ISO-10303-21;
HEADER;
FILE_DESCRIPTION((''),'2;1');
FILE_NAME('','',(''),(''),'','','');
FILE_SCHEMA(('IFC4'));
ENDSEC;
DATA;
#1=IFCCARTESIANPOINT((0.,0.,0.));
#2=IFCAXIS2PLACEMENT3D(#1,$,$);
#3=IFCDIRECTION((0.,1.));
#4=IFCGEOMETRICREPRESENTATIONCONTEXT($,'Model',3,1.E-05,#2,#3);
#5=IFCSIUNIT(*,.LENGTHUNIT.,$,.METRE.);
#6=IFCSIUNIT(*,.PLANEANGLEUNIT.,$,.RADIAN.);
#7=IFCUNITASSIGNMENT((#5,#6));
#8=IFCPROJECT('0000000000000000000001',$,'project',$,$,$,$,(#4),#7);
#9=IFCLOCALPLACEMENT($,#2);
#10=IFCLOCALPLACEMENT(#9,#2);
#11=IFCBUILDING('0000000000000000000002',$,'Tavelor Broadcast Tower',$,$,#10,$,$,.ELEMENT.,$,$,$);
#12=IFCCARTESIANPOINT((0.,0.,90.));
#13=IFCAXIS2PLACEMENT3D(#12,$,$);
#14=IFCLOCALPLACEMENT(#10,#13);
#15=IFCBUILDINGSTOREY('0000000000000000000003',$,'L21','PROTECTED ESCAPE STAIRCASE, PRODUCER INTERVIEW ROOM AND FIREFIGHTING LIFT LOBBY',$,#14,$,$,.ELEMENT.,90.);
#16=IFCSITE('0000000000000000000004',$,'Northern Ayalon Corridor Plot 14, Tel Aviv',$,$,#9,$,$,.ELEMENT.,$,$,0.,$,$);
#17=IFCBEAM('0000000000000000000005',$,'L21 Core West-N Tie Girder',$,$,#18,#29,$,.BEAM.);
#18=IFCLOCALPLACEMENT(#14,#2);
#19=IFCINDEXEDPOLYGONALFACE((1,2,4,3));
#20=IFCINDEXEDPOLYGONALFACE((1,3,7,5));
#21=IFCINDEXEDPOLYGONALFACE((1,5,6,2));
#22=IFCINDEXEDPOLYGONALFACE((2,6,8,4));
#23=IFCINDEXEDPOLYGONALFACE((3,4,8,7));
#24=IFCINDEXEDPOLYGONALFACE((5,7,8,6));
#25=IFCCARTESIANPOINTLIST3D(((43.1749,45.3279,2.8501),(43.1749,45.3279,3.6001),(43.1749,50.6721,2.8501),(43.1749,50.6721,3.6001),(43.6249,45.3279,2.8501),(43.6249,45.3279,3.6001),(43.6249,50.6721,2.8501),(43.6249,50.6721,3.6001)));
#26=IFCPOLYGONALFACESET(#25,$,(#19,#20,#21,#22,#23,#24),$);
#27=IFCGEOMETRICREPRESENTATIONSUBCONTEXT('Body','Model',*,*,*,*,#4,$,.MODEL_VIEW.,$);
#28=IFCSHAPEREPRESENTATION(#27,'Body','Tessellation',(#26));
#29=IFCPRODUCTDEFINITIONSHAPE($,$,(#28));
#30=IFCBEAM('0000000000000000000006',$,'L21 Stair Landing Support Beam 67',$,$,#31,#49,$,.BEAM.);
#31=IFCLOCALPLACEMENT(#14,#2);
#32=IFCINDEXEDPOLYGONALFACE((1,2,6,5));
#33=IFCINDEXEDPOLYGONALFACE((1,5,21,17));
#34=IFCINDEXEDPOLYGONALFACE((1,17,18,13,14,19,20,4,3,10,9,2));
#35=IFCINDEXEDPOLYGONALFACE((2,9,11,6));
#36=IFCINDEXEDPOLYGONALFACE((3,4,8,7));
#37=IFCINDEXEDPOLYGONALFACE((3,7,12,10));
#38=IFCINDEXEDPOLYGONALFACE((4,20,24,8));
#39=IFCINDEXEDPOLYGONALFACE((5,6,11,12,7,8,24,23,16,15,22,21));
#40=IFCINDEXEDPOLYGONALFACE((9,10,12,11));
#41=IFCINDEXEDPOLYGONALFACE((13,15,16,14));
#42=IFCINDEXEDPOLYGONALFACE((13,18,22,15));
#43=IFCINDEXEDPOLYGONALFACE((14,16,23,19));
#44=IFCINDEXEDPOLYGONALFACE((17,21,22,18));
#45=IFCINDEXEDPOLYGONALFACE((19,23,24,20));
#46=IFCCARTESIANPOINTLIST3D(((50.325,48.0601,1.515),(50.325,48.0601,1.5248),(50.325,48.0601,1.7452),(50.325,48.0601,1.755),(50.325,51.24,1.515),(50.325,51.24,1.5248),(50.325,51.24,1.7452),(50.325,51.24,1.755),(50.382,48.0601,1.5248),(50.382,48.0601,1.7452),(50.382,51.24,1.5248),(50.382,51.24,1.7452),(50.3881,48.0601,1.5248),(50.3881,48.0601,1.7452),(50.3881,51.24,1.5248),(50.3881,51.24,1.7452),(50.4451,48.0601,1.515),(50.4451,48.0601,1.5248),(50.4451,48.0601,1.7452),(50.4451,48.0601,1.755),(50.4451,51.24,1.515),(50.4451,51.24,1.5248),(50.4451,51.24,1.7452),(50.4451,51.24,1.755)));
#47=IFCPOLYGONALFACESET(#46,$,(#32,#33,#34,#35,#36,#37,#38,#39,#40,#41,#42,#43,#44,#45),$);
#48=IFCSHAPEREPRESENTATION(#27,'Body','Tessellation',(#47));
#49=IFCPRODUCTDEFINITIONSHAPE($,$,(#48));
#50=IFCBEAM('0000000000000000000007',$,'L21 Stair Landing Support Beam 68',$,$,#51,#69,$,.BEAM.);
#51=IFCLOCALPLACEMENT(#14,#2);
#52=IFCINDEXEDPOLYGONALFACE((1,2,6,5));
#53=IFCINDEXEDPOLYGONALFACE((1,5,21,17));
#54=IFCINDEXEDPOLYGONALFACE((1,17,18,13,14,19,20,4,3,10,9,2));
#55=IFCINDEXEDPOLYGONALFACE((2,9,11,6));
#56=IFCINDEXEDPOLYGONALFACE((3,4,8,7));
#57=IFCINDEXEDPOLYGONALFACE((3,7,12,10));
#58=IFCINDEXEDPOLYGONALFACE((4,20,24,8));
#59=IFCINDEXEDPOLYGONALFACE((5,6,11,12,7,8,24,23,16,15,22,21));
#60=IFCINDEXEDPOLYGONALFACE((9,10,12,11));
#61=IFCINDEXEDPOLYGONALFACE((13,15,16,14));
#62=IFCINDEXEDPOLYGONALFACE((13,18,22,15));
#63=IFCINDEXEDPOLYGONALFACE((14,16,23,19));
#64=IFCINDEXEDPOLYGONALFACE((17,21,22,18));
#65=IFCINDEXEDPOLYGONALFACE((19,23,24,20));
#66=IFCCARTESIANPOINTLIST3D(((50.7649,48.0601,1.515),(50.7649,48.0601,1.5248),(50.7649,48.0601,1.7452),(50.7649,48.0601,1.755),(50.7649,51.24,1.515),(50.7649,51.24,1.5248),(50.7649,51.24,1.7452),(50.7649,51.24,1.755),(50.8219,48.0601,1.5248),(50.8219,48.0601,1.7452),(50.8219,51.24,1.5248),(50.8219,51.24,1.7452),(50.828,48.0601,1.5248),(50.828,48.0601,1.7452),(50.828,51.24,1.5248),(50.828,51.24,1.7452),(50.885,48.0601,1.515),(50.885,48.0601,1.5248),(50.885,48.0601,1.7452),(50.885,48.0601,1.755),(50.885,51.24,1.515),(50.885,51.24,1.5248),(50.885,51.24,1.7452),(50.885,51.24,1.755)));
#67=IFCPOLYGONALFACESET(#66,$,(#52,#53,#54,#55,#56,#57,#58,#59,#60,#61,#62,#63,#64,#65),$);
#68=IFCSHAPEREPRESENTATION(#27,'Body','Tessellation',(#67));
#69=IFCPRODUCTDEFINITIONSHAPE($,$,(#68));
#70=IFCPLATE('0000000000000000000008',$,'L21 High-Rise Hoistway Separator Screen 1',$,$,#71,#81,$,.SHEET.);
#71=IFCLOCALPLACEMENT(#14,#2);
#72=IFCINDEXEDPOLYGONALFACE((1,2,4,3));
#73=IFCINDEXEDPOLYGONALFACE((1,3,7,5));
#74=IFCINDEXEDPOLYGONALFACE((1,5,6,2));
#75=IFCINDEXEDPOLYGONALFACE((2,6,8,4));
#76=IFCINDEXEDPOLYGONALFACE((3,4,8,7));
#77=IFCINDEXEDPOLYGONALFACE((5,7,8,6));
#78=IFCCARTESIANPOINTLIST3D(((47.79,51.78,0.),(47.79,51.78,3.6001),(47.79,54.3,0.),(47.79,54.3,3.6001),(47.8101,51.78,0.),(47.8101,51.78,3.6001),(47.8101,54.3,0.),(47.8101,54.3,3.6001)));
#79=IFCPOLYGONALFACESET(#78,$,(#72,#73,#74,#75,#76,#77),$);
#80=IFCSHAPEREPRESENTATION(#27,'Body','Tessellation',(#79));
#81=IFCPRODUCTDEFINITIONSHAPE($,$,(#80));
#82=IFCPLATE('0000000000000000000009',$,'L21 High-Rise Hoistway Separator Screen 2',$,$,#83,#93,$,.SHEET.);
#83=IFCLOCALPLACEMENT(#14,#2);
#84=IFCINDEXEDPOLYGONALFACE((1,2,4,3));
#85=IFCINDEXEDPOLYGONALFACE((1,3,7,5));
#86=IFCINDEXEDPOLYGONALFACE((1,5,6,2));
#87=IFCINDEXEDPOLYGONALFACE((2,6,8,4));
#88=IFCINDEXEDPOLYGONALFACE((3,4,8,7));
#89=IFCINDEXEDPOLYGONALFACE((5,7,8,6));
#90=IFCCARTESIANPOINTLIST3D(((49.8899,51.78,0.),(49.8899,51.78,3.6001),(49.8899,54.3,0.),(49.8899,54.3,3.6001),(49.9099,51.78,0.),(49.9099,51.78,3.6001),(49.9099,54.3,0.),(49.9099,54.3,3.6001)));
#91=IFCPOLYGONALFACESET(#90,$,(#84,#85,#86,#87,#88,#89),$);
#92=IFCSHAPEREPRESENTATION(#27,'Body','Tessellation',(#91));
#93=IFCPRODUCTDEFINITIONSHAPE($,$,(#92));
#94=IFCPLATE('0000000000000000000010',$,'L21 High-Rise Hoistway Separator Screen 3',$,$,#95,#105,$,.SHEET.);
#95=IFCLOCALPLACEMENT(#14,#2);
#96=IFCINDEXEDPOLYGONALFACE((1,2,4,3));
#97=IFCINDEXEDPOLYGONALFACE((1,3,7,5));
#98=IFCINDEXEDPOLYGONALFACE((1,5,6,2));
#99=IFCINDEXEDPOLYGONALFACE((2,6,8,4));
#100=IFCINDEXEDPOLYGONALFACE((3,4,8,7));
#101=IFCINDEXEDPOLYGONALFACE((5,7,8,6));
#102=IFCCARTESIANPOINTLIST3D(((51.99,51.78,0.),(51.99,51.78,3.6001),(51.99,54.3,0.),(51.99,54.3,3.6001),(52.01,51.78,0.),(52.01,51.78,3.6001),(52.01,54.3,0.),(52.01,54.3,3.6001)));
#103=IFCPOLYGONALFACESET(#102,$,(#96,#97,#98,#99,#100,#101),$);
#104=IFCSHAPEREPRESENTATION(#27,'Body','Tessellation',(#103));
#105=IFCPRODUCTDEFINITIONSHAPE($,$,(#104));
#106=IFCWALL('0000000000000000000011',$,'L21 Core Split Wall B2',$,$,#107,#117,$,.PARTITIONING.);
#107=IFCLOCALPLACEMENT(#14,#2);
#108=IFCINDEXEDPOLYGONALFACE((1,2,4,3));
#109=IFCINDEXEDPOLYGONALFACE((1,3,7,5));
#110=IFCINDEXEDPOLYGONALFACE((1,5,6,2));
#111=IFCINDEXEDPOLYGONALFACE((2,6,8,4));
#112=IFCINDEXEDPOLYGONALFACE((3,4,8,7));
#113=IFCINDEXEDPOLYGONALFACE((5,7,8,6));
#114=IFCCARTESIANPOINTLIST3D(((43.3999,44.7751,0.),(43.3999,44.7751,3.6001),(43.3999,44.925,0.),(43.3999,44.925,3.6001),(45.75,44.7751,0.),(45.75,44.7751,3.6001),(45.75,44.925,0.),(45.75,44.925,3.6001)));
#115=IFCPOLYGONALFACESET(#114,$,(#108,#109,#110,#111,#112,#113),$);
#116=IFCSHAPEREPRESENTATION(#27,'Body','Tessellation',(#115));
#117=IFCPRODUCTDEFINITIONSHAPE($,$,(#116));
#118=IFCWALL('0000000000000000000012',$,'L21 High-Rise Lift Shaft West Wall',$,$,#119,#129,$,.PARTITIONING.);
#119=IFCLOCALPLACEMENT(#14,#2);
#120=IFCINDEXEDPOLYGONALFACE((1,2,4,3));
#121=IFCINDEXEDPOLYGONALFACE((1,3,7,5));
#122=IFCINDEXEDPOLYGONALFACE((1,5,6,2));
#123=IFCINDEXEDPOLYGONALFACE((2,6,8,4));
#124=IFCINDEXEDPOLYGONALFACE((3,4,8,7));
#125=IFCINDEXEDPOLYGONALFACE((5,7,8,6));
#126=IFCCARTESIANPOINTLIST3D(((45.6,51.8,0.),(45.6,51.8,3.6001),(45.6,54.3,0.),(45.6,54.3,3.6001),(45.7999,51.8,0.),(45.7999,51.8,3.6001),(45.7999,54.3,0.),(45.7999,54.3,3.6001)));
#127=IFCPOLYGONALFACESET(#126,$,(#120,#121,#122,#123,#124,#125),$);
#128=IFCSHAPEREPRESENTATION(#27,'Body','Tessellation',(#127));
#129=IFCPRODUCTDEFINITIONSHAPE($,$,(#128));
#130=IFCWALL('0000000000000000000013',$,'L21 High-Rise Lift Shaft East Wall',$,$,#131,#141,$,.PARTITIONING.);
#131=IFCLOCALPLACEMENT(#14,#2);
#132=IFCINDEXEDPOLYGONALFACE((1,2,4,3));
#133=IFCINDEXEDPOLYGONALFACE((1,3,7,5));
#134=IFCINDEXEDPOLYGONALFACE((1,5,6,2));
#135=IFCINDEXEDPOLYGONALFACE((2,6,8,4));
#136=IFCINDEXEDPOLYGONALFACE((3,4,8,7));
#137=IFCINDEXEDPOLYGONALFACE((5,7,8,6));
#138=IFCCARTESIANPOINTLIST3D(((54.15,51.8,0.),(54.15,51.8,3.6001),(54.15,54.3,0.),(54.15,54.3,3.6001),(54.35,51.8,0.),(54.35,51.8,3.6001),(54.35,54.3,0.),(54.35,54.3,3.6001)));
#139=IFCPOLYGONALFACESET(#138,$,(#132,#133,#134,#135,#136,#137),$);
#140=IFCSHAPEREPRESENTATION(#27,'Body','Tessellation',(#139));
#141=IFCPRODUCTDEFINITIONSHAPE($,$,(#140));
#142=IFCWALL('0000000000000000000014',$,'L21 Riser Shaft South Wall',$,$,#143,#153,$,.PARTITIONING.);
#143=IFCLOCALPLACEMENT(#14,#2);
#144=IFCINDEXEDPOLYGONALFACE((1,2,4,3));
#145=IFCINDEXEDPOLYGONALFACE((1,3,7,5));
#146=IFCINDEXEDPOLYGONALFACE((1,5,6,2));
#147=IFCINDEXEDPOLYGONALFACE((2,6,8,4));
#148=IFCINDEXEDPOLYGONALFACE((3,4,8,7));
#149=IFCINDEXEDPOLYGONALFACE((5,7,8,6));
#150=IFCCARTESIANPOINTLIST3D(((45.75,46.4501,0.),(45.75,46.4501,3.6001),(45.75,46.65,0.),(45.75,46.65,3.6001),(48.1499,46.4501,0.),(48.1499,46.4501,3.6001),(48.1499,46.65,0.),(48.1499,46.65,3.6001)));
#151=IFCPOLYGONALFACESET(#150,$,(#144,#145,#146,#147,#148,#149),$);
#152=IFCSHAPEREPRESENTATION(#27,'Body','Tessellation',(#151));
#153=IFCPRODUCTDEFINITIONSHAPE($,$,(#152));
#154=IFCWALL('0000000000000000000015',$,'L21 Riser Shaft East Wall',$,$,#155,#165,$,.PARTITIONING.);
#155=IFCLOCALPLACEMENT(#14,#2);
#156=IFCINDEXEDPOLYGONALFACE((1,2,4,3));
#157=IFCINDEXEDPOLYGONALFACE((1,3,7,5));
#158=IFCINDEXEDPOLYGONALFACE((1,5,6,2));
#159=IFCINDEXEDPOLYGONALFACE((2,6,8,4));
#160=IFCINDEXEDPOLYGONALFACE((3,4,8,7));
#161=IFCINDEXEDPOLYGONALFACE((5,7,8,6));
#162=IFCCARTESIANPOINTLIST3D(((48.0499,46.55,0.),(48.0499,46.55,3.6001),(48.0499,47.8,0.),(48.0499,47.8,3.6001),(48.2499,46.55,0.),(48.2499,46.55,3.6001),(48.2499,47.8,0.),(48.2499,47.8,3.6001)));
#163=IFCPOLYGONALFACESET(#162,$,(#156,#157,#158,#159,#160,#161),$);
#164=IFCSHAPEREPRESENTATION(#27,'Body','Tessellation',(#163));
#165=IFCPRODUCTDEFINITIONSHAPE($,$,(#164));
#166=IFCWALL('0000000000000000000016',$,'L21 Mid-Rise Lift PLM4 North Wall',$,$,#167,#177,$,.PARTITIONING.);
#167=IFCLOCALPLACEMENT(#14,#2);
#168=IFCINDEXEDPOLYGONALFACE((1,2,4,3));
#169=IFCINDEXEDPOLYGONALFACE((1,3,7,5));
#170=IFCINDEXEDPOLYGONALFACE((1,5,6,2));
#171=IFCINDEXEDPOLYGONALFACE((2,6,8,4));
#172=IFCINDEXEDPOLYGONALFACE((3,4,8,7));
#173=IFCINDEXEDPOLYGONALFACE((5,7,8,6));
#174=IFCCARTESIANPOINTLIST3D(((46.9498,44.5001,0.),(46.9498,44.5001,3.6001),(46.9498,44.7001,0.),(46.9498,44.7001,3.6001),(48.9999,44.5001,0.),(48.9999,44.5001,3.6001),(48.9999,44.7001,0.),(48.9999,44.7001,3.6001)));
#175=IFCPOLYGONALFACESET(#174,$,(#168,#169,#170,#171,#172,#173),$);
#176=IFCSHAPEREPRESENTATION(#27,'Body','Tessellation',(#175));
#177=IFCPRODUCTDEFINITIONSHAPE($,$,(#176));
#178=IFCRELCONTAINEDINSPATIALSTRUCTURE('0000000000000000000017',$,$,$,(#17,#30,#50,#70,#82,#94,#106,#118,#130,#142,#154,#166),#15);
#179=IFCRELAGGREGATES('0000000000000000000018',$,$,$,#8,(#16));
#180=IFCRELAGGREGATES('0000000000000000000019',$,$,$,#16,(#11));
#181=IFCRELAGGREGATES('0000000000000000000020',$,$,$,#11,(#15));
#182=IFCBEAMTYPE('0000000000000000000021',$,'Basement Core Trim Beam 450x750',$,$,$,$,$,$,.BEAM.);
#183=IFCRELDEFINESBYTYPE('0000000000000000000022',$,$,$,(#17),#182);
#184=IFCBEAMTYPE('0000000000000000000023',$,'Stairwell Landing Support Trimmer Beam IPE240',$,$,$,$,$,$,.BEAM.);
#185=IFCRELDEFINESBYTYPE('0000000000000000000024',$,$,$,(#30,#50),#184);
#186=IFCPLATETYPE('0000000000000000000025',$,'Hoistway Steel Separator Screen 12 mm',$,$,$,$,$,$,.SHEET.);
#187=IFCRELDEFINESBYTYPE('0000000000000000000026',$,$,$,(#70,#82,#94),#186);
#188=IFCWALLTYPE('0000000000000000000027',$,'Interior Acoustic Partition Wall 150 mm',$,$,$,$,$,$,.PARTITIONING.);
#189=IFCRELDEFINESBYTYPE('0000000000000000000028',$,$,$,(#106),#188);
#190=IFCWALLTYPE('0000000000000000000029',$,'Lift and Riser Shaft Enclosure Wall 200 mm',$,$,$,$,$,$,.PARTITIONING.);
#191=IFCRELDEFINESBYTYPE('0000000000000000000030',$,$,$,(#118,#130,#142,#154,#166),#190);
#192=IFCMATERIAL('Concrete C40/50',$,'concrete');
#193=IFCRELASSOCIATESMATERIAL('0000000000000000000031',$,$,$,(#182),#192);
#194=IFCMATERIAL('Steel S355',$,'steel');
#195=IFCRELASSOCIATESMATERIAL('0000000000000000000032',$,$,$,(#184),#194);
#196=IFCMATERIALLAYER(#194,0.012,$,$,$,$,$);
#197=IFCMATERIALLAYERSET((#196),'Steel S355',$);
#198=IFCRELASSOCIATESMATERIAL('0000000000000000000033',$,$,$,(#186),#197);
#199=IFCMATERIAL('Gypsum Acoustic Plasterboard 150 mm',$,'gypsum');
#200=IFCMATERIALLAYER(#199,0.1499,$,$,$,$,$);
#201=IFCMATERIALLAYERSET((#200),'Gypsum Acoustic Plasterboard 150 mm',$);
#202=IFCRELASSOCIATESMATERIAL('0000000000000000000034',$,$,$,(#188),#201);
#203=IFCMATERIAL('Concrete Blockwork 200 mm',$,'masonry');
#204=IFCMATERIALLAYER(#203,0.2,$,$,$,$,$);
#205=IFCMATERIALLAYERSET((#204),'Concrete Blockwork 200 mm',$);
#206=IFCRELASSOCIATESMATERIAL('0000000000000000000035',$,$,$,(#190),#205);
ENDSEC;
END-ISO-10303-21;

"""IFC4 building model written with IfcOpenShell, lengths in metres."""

from ifc_helpers import new_model, si_unit, direction, frame, frame_2d, origin, origin_2d, place, context, subcontext, project, spatial, rectangle, i_section, extrude, source, transform, mapped, material, layer, layer_set, material_profile, profile_set, type_object, type_shapes, element, save


model = new_model("IFC4")

# Units and contexts
model_context = context("Model", 3, precision=1e-05, world=origin(), true_north=direction((0.0, 1.0)))
body_context = subcontext(model_context, "Body", "Model", "MODEL_VIEW")
ifc_project = project(units=[si_unit("LENGTHUNIT", "METRE"), si_unit("PLANEANGLEUNIT", "RADIAN")], contexts=[model_context])

# Site, building, storey
site_placement = place(None, origin())
site = spatial("IfcSite", under=ifc_project, at=site_placement, Name="Northern Ayalon Corridor Plot 14, Tel Aviv", CompositionType="ELEMENT", RefElevation=0.0)
building_placement = place(site_placement, origin())
building = spatial("IfcBuilding", under=site, at=building_placement, Name="Tavelor Broadcast Tower", CompositionType="ELEMENT")
storey_placement = place(building_placement, frame((0.0, 0.0, 90.0)))
storey = spatial("IfcBuildingStorey", under=building, at=storey_placement, Name="L21", Description="PROTECTED ESCAPE STAIRCASE, PRODUCER INTERVIEW ROOM AND FIREFIGHTING LIFT LOBBY", CompositionType="ELEMENT", Elevation=90.0)

# Beams
ifc_material_1 = material(Name="Concrete C40/50", Category="concrete")
ifc_material_profile_1 = material_profile(ifc_material_1, rectangle(XDim=0.45, YDim=0.75, at=origin_2d()), Name="RC 450x750")
ifc_profile_set_1 = profile_set([ifc_material_profile_1], Name="Concrete C40/50")
beam_type_1 = type_object("IfcBeamType", Name="Basement Core Trim Beam 450x750", PredefinedType="BEAM", material=ifc_profile_set_1)
beam_placement = place(storey_placement, frame((43.3999, 45.3279, 3.2251), z_axis=(0.0, 1.0, 0.0), x_axis=(-1.0, 0.0, 0.0)))
element("IfcBeam", 1, at=beam_placement, inside=storey, type_object=beam_type_1, Name="L21 Core West-N Tie Girder", PredefinedType="BEAM", context=body_context, shape_type="SweptSolid", body=[
    extrude(rectangle(XDim=0.45, YDim=0.75, at=origin_2d()), origin(), (0.0, 0.0, 1.0), 5.3442),
])
ifc_material_2 = material(Name="Steel S355", Category="steel")
ifc_material_profile_2 = material_profile(ifc_material_2, i_section(OverallWidth=0.1201, OverallDepth=0.24, WebThickness=0.0061, FlangeThickness=0.0098, at=origin_2d()), Name="IPE 240")
ifc_profile_set_2 = profile_set([ifc_material_profile_2], Name="Steel S355")
beam_type_2 = type_object("IfcBeamType", Name="Stairwell Landing Support Trimmer Beam IPE240", PredefinedType="BEAM", material=ifc_profile_set_2)
for number, where, z_axis, x_axis, name in (
    (2, (50.385, 48.0601, 1.635), (0.0, 1.0, 0.0), (-1.0, 0.0, 0.0), "L21 Stair Landing Support Beam 67"),
    (3, (50.825, 48.0601, 1.635), (0.0, 1.0, 0.0), (-1.0, 0.0, 0.0), "L21 Stair Landing Support Beam 68"),
):
    element("IfcBeam", number, at=place(storey_placement, frame(where, z_axis=z_axis, x_axis=x_axis)), inside=storey, type_object=beam_type_2, Name=name, PredefinedType="BEAM", context=body_context, shape_type="SweptSolid", body=[
        extrude(i_section(OverallWidth=0.1201, OverallDepth=0.24, WebThickness=0.0061, FlangeThickness=0.0098, at=origin_2d()), origin(), (0.0, 0.0, 1.0), 3.1799),
    ])

# Plates
ifc_layer_1 = layer(ifc_material_2, 0.012)
ifc_layer_set_1 = layer_set([ifc_layer_1], Name="Steel S355")
plate_type = type_object("IfcPlateType", Name="Hoistway Steel Separator Screen 12 mm", PredefinedType="SHEET", material=ifc_layer_set_1)
shared_shape = source(origin(), body_context, "Body", "SweptSolid", [
    extrude(rectangle(XDim=0.02, YDim=2.52, at=origin_2d()), origin(), (0.0, 0.0, 1.0), 3.6001),
])
type_shapes(plate_type, [shared_shape])
for number, where, z_axis, x_axis, name in (
    (4, (47.8, 53.04, 0.0), (0.0, 0.0, 1.0), (1.0, 0.0, 0.0), "L21 High-Rise Hoistway Separator Screen 1"),
    (5, (49.8999, 53.04, 0.0), (0.0, 0.0, 1.0), (1.0, 0.0, 0.0), "L21 High-Rise Hoistway Separator Screen 2"),
    (6, (52.0, 53.04, 0.0), (0.0, 0.0, 1.0), (1.0, 0.0, 0.0), "L21 High-Rise Hoistway Separator Screen 3"),
):
    element("IfcPlate", number, at=place(storey_placement, frame(where, z_axis=z_axis, x_axis=x_axis)), inside=storey, type_object=plate_type, Name=name, PredefinedType="SHEET", context=body_context, shape_type="MappedRepresentation", body=[
        mapped(shared_shape, transform((0.0, 0.0, 0.0), scale=1.0)),
    ])

# Walls
ifc_material_3 = material(Name="Gypsum Acoustic Plasterboard 150 mm", Category="gypsum")
ifc_layer_2 = layer(ifc_material_3, 0.1499)
ifc_layer_set_2 = layer_set([ifc_layer_2], Name="Gypsum Acoustic Plasterboard 150 mm")
wall_type_1 = type_object("IfcWallType", Name="Interior Acoustic Partition Wall 150 mm", PredefinedType="PARTITIONING", material=ifc_layer_set_2)
wall_1_placement = place(storey_placement, frame((43.3999, 44.8501, 0.0), z_axis=(0.0, 0.0, 1.0), x_axis=(1.0, 0.0, 0.0)))
element("IfcWall", 7, at=wall_1_placement, inside=storey, type_object=wall_type_1, Name="L21 Core Split Wall B2", PredefinedType="PARTITIONING", context=body_context, shape_type="SweptSolid", body=[
    extrude(rectangle(XDim=2.3501, YDim=0.1499, at=frame_2d((1.175, 0.0))), origin(), (0.0, 0.0, 1.0), 3.6001),
])
ifc_material_4 = material(Name="Concrete Blockwork 200 mm", Category="masonry")
ifc_layer_3 = layer(ifc_material_4, 0.2)
ifc_layer_set_3 = layer_set([ifc_layer_3], Name="Concrete Blockwork 200 mm")
wall_type_2 = type_object("IfcWallType", Name="Lift and Riser Shaft Enclosure Wall 200 mm", PredefinedType="PARTITIONING", material=ifc_layer_set_3)
for number, where, z_axis, x_axis, name in (
    (8, (45.7, 51.8, 0.0), (0.0, 0.0, 1.0), (0.0, 1.0, 0.0), "L21 High-Rise Lift Shaft West Wall"),
    (9, (54.25, 51.8, 0.0), (0.0, 0.0, 1.0), (0.0, 1.0, 0.0), "L21 High-Rise Lift Shaft East Wall"),
):
    element("IfcWall", number, at=place(storey_placement, frame(where, z_axis=z_axis, x_axis=x_axis)), inside=storey, type_object=wall_type_2, Name=name, PredefinedType="PARTITIONING", context=body_context, shape_type="SweptSolid", body=[
        extrude(rectangle(XDim=2.5, YDim=0.2, at=frame_2d((1.25, 0.0))), origin(), (0.0, 0.0, 1.0), 3.6001),
    ])
wall_2_placement = place(storey_placement, frame((45.75, 46.55, 0.0), z_axis=(0.0, 0.0, 1.0), x_axis=(1.0, 0.0, 0.0)))
element("IfcWall", 10, at=wall_2_placement, inside=storey, type_object=wall_type_2, Name="L21 Riser Shaft South Wall", PredefinedType="PARTITIONING", context=body_context, shape_type="SweptSolid", body=[
    extrude(rectangle(XDim=2.3999, YDim=0.2, at=frame_2d((1.2, 0.0))), origin(), (0.0, 0.0, 1.0), 3.6001),
])
wall_3_placement = place(storey_placement, frame((48.1499, 46.55, 0.0), z_axis=(0.0, 0.0, 1.0), x_axis=(0.0, 1.0, 0.0)))
element("IfcWall", 11, at=wall_3_placement, inside=storey, type_object=wall_type_2, Name="L21 Riser Shaft East Wall", PredefinedType="PARTITIONING", context=body_context, shape_type="SweptSolid", body=[
    extrude(rectangle(XDim=1.25, YDim=0.2, at=frame_2d((0.625, 0.0))), origin(), (0.0, 0.0, 1.0), 3.6001),
])
wall_4_placement = place(storey_placement, frame((46.95, 44.6001, 0.0), z_axis=(0.0, 0.0, 1.0), x_axis=(1.0, 0.0, 0.0)))
element("IfcWall", 12, at=wall_4_placement, inside=storey, type_object=wall_type_2, Name="L21 Mid-Rise Lift PLM4 North Wall", PredefinedType="PARTITIONING", context=body_context, shape_type="SweptSolid", body=[
    extrude(rectangle(XDim=2.05, YDim=0.2, at=frame_2d((1.0249, 0.0))), origin(), (0.0, 0.0, 1.0), 3.6001),
])

save(model, "model.ifc")
